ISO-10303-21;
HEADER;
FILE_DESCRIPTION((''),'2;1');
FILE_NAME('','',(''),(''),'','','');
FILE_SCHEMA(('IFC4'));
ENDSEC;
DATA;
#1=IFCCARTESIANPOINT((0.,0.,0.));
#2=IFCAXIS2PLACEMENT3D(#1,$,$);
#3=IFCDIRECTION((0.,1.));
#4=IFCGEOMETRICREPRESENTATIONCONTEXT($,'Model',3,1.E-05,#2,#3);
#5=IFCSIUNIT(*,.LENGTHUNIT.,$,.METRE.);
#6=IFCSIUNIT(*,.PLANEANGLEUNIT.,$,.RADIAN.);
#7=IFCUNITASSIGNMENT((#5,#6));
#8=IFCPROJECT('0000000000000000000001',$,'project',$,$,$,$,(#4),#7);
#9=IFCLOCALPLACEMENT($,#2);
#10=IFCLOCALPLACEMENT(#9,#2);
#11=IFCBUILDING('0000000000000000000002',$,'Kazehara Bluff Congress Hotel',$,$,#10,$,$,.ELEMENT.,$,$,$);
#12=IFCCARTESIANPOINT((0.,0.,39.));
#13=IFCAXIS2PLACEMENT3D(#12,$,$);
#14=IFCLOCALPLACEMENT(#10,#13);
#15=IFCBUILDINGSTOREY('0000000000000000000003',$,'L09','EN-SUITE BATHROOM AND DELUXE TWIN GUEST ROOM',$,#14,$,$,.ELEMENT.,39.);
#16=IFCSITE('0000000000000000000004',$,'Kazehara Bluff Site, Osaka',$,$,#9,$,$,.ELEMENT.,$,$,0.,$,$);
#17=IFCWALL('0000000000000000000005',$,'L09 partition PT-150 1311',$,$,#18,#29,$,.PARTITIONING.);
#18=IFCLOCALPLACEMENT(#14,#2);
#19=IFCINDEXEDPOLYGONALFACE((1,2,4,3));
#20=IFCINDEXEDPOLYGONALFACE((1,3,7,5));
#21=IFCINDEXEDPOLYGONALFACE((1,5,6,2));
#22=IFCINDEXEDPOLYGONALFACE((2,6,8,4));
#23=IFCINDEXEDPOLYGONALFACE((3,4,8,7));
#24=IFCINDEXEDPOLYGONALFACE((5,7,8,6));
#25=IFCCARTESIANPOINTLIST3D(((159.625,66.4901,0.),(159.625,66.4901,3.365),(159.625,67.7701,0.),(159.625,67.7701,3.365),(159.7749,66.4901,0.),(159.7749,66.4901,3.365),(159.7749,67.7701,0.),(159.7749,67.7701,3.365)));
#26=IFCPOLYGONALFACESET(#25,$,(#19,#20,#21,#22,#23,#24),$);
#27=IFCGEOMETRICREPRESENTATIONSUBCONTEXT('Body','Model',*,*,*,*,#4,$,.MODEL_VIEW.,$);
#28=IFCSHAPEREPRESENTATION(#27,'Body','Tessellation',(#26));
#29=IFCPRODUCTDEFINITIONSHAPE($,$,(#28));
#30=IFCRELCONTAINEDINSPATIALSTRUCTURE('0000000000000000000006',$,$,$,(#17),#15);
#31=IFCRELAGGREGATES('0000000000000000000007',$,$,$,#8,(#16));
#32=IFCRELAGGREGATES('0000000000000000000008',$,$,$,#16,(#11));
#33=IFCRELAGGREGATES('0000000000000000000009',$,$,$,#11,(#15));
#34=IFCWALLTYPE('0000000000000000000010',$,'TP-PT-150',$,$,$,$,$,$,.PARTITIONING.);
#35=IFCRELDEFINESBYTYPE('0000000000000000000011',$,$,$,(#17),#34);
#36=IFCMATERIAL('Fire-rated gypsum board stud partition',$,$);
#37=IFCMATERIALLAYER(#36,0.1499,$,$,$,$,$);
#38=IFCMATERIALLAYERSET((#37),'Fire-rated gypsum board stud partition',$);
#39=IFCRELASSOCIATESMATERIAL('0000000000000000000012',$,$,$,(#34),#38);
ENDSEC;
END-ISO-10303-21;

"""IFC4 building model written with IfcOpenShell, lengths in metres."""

from ifc_helpers import new_model, si_unit, direction, frame, frame_2d, origin, place, context, subcontext, project, spatial, rectangle, extrude, material, layer, layer_set, type_object, element, save


model = new_model("IFC4")

# Units and contexts
model_context = context("Model", 3, precision=1e-05, world=origin(), true_north=direction((0.0, 1.0)))
body_context = subcontext(model_context, "Body", "Model", "MODEL_VIEW")
ifc_project = project(units=[si_unit("LENGTHUNIT", "METRE"), si_unit("PLANEANGLEUNIT", "RADIAN")], contexts=[model_context])

# Site, building, storey
site_placement = place(None, origin())
site = spatial("IfcSite", under=ifc_project, at=site_placement, Name="Kazehara Bluff Site, Osaka", CompositionType="ELEMENT", RefElevation=0.0)
building_placement = place(site_placement, origin())
building = spatial("IfcBuilding", under=site, at=building_placement, Name="Kazehara Bluff Congress Hotel", CompositionType="ELEMENT")
storey_placement = place(building_placement, frame((0.0, 0.0, 39.0)))
storey = spatial("IfcBuildingStorey", under=building, at=storey_placement, Name="L09", Description="EN-SUITE BATHROOM AND DELUXE TWIN GUEST ROOM", CompositionType="ELEMENT", Elevation=39.0)

# Wall
ifc_material_1 = material(Name="Fire-rated gypsum board stud partition")
ifc_layer_1 = layer(ifc_material_1, 0.1499)
ifc_layer_set_1 = layer_set([ifc_layer_1], Name="Fire-rated gypsum board stud partition")
wall_type_1 = type_object("IfcWallType", Name="TP-PT-150", PredefinedType="PARTITIONING", material=ifc_layer_set_1)
wall_1_placement = place(storey_placement, frame((159.7, 66.49, 0.0), z_axis=(0.0, 0.0, 1.0), x_axis=(0.0, 1.0, 0.0)))
element("IfcWall", 1, at=wall_1_placement, inside=storey, type_object=wall_type_1, Name="L09 partition PT-150 1311", PredefinedType="PARTITIONING", context=body_context, shape_type="SweptSolid", body=[
    extrude(rectangle(XDim=1.28, YDim=0.1499, at=frame_2d((0.6401, 0.0))), origin(), (0.0, 0.0, 1.0), 3.365),
])

save(model, "model.ifc")
